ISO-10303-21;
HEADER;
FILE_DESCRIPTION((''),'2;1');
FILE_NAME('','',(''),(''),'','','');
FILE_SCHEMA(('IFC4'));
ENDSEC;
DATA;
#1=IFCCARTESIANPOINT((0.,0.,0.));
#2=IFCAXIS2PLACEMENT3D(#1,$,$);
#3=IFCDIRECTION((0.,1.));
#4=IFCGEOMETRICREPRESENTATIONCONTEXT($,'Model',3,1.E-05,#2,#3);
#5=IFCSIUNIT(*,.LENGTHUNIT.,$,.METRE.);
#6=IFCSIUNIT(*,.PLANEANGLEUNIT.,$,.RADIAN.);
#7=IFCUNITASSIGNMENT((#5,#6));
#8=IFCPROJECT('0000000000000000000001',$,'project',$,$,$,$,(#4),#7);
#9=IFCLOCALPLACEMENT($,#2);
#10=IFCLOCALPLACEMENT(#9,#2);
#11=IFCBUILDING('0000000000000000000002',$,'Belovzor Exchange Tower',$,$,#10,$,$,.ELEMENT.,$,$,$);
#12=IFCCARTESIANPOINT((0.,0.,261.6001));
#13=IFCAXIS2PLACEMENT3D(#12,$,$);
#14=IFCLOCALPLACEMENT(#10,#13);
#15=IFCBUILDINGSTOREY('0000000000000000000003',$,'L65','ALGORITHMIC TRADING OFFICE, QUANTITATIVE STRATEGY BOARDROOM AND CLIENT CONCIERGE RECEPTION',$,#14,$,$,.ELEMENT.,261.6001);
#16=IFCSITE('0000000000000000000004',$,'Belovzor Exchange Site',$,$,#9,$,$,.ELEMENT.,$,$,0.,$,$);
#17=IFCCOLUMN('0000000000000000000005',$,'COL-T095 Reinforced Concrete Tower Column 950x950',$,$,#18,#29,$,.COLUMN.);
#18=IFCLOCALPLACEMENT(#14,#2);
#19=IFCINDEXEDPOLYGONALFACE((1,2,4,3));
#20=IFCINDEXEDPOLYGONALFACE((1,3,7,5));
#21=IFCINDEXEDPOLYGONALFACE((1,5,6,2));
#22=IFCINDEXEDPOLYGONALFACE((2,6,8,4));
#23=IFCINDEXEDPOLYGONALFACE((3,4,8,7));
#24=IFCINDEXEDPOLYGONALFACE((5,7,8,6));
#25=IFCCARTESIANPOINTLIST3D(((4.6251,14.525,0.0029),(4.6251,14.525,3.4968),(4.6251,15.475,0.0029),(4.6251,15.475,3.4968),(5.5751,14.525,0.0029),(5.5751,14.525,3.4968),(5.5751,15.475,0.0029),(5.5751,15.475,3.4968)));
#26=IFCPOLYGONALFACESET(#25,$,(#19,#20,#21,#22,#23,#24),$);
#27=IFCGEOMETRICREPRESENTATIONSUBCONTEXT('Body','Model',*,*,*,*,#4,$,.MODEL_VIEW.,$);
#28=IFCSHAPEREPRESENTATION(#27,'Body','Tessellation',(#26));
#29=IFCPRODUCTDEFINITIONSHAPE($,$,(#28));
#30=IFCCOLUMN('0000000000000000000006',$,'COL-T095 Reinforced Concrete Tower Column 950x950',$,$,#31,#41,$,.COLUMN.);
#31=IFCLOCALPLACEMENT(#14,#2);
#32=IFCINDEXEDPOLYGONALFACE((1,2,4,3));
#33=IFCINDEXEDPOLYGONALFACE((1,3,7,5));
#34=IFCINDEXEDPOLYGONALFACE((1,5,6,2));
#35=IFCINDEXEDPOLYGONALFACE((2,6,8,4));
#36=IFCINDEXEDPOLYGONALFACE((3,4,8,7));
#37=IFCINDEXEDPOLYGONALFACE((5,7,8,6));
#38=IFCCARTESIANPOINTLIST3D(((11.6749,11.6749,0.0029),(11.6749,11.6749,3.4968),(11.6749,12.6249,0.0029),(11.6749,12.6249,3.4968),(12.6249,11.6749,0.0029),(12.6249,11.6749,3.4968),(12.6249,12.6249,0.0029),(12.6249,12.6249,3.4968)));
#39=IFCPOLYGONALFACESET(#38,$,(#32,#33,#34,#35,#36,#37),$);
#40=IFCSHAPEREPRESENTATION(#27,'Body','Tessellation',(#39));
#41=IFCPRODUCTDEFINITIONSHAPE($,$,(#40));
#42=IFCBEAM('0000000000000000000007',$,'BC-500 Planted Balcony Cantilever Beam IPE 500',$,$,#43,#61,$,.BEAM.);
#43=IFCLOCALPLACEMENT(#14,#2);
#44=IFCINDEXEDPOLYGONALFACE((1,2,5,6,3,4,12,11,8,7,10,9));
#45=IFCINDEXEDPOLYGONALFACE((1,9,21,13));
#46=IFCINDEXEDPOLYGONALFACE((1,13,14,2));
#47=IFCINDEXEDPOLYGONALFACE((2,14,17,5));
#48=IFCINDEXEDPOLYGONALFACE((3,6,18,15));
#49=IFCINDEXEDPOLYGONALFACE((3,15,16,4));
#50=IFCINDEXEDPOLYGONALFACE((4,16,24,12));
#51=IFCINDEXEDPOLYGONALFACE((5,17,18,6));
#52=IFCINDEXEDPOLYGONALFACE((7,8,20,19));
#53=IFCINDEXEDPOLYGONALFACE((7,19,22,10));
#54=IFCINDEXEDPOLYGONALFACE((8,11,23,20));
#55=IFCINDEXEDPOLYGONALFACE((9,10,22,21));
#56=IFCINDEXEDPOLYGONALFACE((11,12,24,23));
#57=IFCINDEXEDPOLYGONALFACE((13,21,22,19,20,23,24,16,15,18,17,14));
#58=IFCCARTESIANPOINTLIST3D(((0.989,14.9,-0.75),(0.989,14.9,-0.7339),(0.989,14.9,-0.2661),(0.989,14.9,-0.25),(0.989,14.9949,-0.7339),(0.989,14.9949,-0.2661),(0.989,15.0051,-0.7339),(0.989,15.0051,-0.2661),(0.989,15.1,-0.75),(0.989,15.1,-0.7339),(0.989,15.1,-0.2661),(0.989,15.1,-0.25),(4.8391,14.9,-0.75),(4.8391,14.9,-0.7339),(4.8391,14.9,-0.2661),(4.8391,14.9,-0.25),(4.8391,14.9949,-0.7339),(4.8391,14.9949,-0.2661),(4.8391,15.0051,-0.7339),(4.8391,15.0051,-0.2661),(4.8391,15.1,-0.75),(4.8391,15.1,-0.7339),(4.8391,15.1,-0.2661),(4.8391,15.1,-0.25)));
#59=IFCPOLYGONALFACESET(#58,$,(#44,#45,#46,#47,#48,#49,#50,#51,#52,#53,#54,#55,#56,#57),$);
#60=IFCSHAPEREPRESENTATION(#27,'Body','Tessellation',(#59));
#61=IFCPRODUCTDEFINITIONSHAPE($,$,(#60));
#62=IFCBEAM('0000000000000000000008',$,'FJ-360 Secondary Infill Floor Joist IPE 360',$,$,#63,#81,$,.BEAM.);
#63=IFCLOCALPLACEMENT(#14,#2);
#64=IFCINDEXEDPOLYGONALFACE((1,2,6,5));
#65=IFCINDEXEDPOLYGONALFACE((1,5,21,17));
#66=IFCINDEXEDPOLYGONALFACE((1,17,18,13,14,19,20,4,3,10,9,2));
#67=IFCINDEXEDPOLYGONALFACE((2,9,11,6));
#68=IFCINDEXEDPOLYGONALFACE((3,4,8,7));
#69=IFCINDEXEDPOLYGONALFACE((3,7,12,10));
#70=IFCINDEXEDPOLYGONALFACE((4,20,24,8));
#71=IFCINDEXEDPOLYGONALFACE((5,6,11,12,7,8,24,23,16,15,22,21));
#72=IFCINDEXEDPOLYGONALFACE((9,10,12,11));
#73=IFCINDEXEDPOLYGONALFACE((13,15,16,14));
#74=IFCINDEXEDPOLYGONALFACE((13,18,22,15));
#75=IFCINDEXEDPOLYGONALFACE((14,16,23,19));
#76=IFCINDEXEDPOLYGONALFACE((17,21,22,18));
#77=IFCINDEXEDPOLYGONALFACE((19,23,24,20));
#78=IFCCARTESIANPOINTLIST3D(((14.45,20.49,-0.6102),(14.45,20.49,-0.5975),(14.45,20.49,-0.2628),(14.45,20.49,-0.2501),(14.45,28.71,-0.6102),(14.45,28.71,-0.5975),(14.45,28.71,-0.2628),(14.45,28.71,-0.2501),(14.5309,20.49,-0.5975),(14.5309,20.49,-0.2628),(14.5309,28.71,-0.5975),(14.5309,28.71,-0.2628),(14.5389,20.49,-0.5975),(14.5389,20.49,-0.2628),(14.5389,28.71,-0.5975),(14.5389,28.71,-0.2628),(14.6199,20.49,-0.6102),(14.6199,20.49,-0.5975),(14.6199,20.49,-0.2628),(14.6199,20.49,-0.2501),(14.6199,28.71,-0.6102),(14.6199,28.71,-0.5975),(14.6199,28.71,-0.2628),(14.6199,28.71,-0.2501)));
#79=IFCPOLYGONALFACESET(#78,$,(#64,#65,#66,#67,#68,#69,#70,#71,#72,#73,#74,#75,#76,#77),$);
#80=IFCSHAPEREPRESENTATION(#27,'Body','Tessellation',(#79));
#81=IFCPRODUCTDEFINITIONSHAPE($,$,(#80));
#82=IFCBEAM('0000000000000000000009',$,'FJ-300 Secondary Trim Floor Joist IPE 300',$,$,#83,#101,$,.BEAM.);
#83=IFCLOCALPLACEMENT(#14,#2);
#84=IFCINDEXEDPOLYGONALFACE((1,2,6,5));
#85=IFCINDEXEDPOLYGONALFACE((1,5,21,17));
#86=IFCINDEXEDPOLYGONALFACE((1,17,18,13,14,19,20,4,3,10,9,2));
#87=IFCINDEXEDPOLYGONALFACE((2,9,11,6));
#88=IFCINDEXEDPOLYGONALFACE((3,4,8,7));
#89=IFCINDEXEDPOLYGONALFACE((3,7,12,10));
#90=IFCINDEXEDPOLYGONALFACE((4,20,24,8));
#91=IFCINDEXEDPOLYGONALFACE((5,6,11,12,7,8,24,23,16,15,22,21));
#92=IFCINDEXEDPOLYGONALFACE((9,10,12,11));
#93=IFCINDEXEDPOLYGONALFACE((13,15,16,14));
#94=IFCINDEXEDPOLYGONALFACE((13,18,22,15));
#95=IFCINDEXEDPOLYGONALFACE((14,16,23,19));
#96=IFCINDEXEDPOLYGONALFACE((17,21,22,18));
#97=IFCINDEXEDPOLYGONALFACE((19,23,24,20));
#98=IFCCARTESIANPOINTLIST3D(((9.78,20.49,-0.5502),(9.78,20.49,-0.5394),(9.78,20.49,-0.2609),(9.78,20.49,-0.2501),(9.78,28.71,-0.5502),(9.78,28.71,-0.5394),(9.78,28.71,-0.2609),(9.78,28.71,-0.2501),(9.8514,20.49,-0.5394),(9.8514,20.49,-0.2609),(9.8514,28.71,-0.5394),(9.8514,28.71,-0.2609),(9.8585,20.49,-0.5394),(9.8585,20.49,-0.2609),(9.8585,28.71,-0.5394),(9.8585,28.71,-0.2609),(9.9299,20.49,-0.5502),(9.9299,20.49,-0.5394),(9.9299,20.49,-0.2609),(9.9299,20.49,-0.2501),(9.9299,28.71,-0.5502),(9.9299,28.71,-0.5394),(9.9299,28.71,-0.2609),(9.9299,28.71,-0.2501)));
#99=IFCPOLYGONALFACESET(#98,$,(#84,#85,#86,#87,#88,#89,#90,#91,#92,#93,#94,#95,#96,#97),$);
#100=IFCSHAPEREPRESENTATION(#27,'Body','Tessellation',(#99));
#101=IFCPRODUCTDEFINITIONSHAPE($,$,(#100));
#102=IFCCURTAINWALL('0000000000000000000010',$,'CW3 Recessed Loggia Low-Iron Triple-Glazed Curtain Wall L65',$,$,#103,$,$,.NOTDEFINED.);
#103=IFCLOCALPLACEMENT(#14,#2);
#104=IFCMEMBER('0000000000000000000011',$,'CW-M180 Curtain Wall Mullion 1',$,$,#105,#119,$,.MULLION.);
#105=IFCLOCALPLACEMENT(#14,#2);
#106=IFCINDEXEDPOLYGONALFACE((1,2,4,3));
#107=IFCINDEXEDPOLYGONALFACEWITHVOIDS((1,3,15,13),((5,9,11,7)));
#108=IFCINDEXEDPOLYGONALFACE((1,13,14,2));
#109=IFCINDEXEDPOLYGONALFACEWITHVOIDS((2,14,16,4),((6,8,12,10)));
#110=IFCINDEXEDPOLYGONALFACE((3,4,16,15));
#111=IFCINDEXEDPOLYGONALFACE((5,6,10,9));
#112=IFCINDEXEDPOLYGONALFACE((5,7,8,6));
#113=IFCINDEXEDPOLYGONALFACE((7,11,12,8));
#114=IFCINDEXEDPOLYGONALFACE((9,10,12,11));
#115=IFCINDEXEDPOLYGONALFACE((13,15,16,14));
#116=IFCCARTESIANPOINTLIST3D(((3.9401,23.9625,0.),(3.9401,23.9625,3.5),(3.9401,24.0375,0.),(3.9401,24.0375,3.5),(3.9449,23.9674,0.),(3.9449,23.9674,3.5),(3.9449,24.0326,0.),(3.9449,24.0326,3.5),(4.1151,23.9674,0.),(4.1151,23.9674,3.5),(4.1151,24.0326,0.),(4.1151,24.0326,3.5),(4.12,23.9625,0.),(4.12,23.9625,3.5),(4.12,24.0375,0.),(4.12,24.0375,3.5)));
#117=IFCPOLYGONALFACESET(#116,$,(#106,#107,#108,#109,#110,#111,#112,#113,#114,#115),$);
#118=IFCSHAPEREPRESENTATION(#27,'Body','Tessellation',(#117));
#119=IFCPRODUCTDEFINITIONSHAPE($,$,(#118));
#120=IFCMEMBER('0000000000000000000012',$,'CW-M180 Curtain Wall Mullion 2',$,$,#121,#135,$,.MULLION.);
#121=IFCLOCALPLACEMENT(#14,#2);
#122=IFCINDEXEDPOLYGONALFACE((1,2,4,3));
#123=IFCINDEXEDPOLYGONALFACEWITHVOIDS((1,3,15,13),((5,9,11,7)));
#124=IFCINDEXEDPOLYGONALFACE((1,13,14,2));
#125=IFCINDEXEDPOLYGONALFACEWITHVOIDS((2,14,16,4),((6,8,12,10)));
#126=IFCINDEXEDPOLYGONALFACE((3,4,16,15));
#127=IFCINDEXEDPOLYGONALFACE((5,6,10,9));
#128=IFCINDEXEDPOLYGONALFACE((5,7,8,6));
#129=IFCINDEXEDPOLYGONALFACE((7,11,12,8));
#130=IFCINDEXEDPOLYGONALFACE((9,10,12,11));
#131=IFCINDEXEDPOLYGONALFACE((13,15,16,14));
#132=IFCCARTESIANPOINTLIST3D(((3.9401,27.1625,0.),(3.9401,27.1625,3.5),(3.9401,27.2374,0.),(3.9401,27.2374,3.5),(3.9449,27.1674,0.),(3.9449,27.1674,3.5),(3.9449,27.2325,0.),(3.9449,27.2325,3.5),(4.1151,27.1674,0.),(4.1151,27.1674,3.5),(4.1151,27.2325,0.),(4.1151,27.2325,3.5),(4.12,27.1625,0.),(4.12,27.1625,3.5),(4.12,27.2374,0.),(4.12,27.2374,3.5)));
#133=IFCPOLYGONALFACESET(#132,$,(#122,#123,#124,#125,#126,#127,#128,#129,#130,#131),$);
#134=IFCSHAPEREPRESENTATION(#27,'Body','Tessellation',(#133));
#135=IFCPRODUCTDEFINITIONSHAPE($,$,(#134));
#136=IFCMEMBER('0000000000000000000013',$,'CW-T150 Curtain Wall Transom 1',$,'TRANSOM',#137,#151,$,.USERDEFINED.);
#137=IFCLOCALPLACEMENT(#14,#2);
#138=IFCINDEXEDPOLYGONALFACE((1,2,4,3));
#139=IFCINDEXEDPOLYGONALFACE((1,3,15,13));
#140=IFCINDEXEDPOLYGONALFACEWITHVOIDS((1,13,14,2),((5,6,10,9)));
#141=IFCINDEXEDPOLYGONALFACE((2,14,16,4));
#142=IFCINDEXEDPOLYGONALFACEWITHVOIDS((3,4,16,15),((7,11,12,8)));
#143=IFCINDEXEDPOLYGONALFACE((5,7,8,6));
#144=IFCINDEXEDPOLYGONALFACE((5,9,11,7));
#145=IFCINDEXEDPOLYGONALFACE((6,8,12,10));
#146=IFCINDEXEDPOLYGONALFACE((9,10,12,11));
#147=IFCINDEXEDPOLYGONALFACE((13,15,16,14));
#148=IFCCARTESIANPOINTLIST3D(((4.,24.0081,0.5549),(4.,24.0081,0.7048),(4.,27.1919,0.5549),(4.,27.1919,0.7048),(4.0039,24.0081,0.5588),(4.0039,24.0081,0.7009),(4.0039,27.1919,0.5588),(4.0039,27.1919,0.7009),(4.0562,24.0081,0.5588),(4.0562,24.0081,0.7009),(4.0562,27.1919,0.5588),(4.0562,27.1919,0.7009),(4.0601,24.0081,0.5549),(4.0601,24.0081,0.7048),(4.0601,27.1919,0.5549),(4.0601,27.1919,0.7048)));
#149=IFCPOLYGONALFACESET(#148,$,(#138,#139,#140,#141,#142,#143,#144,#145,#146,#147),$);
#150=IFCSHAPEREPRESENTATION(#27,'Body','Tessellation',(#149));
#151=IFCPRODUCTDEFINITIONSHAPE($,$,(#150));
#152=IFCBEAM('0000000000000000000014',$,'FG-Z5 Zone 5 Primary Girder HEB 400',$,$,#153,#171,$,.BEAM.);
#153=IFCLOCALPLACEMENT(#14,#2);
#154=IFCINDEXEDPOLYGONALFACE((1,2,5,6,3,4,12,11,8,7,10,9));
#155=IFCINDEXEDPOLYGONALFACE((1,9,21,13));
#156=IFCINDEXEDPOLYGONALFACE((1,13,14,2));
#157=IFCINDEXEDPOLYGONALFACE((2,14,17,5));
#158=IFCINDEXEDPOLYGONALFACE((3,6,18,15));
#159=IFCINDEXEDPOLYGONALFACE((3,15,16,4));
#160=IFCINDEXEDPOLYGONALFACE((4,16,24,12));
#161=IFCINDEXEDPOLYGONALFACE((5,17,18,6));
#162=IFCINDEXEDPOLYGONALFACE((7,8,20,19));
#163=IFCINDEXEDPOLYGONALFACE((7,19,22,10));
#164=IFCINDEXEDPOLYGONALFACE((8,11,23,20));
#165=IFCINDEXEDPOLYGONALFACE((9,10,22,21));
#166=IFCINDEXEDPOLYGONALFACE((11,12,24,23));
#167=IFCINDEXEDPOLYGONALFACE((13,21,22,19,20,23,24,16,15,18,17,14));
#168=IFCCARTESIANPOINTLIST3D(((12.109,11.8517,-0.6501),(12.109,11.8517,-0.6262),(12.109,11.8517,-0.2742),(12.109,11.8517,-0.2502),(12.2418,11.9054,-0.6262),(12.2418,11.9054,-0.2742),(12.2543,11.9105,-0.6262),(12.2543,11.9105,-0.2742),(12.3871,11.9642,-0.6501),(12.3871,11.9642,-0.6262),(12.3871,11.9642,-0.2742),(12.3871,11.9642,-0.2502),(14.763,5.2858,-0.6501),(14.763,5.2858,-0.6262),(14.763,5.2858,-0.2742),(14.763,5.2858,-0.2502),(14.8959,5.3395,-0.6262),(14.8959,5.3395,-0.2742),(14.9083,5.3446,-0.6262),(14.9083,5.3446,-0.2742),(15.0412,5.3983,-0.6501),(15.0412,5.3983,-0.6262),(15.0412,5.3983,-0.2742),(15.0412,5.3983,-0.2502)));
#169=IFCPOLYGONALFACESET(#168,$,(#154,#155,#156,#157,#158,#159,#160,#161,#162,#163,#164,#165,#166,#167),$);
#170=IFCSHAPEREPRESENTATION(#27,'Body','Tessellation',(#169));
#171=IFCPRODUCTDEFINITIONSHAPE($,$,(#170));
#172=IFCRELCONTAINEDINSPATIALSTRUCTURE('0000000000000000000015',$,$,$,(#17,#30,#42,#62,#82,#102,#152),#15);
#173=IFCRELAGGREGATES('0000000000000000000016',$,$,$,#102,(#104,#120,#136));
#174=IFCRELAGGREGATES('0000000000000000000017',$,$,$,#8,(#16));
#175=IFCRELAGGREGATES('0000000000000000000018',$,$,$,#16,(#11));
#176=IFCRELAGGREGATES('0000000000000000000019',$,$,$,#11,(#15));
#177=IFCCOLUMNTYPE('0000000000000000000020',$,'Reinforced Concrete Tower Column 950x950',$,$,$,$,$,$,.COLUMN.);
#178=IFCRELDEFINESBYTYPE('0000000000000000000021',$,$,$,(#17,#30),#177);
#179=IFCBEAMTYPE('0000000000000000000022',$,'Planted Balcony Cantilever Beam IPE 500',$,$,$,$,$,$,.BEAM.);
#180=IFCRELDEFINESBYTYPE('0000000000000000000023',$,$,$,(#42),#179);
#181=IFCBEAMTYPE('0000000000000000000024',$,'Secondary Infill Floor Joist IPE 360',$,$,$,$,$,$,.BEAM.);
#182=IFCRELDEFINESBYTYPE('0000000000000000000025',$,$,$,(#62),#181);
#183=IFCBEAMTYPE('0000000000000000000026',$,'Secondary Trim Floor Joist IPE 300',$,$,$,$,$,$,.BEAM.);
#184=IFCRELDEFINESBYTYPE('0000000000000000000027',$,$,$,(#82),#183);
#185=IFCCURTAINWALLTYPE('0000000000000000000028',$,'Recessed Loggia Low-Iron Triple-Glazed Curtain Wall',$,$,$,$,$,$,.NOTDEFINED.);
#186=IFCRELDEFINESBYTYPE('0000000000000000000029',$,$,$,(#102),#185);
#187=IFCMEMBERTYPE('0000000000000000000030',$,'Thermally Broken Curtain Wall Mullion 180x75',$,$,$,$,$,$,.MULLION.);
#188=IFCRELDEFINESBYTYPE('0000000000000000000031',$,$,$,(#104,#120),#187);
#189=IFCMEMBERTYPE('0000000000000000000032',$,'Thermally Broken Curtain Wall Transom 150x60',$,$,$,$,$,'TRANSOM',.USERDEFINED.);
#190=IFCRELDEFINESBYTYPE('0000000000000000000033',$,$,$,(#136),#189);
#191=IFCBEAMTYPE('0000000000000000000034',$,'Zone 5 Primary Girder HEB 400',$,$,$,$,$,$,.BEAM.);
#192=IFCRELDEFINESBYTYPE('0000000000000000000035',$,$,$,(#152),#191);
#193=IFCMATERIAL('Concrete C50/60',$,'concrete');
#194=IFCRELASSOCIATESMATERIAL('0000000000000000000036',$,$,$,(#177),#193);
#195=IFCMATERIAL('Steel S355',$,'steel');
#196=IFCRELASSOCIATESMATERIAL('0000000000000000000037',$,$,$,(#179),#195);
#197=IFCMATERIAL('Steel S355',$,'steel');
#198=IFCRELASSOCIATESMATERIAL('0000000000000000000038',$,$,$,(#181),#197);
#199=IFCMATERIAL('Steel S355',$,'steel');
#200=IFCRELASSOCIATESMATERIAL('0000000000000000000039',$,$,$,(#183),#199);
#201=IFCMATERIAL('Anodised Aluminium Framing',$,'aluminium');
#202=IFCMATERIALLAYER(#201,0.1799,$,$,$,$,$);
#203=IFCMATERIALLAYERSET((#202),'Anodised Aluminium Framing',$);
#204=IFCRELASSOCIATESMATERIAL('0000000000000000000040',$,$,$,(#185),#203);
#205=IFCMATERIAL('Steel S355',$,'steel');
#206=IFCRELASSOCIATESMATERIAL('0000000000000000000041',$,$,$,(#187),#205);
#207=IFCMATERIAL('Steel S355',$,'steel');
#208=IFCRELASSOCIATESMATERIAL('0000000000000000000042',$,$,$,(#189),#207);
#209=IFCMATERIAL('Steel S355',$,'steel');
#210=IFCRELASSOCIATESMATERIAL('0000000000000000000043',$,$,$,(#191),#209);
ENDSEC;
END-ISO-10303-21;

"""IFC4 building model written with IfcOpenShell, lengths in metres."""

from ifc_helpers import new_model, si_unit, direction, frame, origin, origin_2d, place, context, subcontext, project, spatial, rectangle, hollow_rectangle, i_section, extrude, material, layer, layer_set, material_profile, profile_set, type_object, element, aggregate, save


model = new_model("IFC4")

# Units and contexts
model_context = context("Model", 3, precision=1e-05, world=origin(), true_north=direction((0.0, 1.0)))
body_context = subcontext(model_context, "Body", "Model", "MODEL_VIEW")
ifc_project = project(units=[si_unit("LENGTHUNIT", "METRE"), si_unit("PLANEANGLEUNIT", "RADIAN")], contexts=[model_context])

# Site, building, storey
site_placement = place(None, origin())
site = spatial("IfcSite", under=ifc_project, at=site_placement, Name="Belovzor Exchange Site", CompositionType="ELEMENT", RefElevation=0.0)
building_placement = place(site_placement, origin())
building = spatial("IfcBuilding", under=site, at=building_placement, Name="Belovzor Exchange Tower", CompositionType="ELEMENT")
storey_placement = place(building_placement, frame((0.0, 0.0, 261.6001)))
storey = spatial("IfcBuildingStorey", under=building, at=storey_placement, Name="L65", Description="ALGORITHMIC TRADING OFFICE, QUANTITATIVE STRATEGY BOARDROOM AND CLIENT CONCIERGE RECEPTION", CompositionType="ELEMENT", Elevation=261.6001)

# Columns
ifc_material_1 = material(Name="Concrete C50/60", Category="concrete")
ifc_material_profile_1 = material_profile(ifc_material_1, rectangle(XDim=0.95, YDim=0.95, at=origin_2d()))
ifc_profile_set_1 = profile_set([ifc_material_profile_1], Name="Concrete C50/60")
column_type = type_object("IfcColumnType", Name="Reinforced Concrete Tower Column 950x950", PredefinedType="COLUMN", material=ifc_profile_set_1)
for number, where, z_axis, x_axis, name in (
    (1, (5.1001, 15.0, 0.0029), (0.0, 0.0, 1.0), (1.0, 0.0, 0.0), "COL-T095 Reinforced Concrete Tower Column 950x950"),
    (2, (12.1499, 12.1499, 0.0029), (0.0, 0.0, 1.0), (1.0, 0.0, 0.0), "COL-T095 Reinforced Concrete Tower Column 950x950"),
):
    element("IfcColumn", number, at=place(storey_placement, frame(where, z_axis=z_axis, x_axis=x_axis)), inside=storey, type_object=column_type, Name=name, PredefinedType="COLUMN", context=body_context, shape_type="SweptSolid", body=[
        extrude(rectangle(XDim=0.95, YDim=0.95, at=origin_2d()), origin(), (0.0, 0.0, 1.0), 3.4939),
    ])

# Beams
ifc_material_2 = material(Name="Steel S355", Category="steel")
ifc_material_profile_2 = material_profile(ifc_material_2, i_section(OverallWidth=0.2, OverallDepth=0.5, WebThickness=0.0103, FlangeThickness=0.0161, at=origin_2d()))
ifc_profile_set_2 = profile_set([ifc_material_profile_2], Name="Steel S355")
beam_type_1 = type_object("IfcBeamType", Name="Planted Balcony Cantilever Beam IPE 500", PredefinedType="BEAM", material=ifc_profile_set_2)
beam_1_placement = place(storey_placement, frame((4.8391, 15.0, -0.5), z_axis=(-1.0, 0.0, 0.0), x_axis=(0.0, -1.0, 0.0)))
element("IfcBeam", 3, at=beam_1_placement, inside=storey, type_object=beam_type_1, Name="BC-500 Planted Balcony Cantilever Beam IPE 500", PredefinedType="BEAM", context=body_context, shape_type="SweptSolid", body=[
    extrude(i_section(OverallWidth=0.2, OverallDepth=0.5, WebThickness=0.0103, FlangeThickness=0.0161, at=origin_2d()), origin(), (0.0, 0.0, 1.0), 3.8501),
])
ifc_material_3 = material(Name="Steel S355", Category="steel")
ifc_material_profile_3 = material_profile(ifc_material_3, i_section(OverallWidth=0.1699, OverallDepth=0.3601, WebThickness=0.0081, FlangeThickness=0.0127, at=origin_2d()))
ifc_profile_set_3 = profile_set([ifc_material_profile_3], Name="Steel S355")
beam_type_2 = type_object("IfcBeamType", Name="Secondary Infill Floor Joist IPE 360", PredefinedType="BEAM", material=ifc_profile_set_3)
beam_2_placement = place(storey_placement, frame((14.5349, 20.49, -0.4302), z_axis=(0.0, 1.0, 0.0), x_axis=(-1.0, 0.0, 0.0)))
element("IfcBeam", 4, at=beam_2_placement, inside=storey, type_object=beam_type_2, Name="FJ-360 Secondary Infill Floor Joist IPE 360", PredefinedType="BEAM", context=body_context, shape_type="SweptSolid", body=[
    extrude(i_section(OverallWidth=0.1699, OverallDepth=0.3601, WebThickness=0.0081, FlangeThickness=0.0127, at=origin_2d()), origin(), (0.0, 0.0, 1.0), 8.22),
])
ifc_material_4 = material(Name="Steel S355", Category="steel")
ifc_material_profile_4 = material_profile(ifc_material_4, i_section(OverallWidth=0.1499, OverallDepth=0.3, WebThickness=0.0071, FlangeThickness=0.0107, at=origin_2d()))
ifc_profile_set_4 = profile_set([ifc_material_profile_4], Name="Steel S355")
beam_type_3 = type_object("IfcBeamType", Name="Secondary Trim Floor Joist IPE 300", PredefinedType="BEAM", material=ifc_profile_set_4)
beam_3_placement = place(storey_placement, frame((9.855, 20.49, -0.4001), z_axis=(0.0, 1.0, 0.0), x_axis=(-1.0, 0.0, 0.0)))
element("IfcBeam", 5, at=beam_3_placement, inside=storey, type_object=beam_type_3, Name="FJ-300 Secondary Trim Floor Joist IPE 300", PredefinedType="BEAM", context=body_context, shape_type="SweptSolid", body=[
    extrude(i_section(OverallWidth=0.1499, OverallDepth=0.3, WebThickness=0.0071, FlangeThickness=0.0107, at=origin_2d()), origin(), (0.0, 0.0, 1.0), 8.22),
])

# Curtain wall, members
ifc_material_5 = material(Name="Anodised Aluminium Framing", Category="aluminium")
ifc_layer_1 = layer(ifc_material_5, 0.1799)
ifc_layer_set_1 = layer_set([ifc_layer_1], Name="Anodised Aluminium Framing")
curtain_wall_type = type_object("IfcCurtainWallType", Name="Recessed Loggia Low-Iron Triple-Glazed Curtain Wall", PredefinedType="NOTDEFINED", material=ifc_layer_set_1)
curtain_wall_placement = place(storey_placement, origin())
curtain_wall = element("IfcCurtainWall", 6, at=curtain_wall_placement, inside=storey, type_object=curtain_wall_type, Name="CW3 Recessed Loggia Low-Iron Triple-Glazed Curtain Wall L65", PredefinedType="NOTDEFINED")
ifc_material_6 = material(Name="Steel S355", Category="steel")
ifc_material_profile_5 = material_profile(ifc_material_6, hollow_rectangle(XDim=0.075, YDim=0.1799, WallThickness=0.0049, at=origin_2d()))
ifc_profile_set_5 = profile_set([ifc_material_profile_5], Name="Steel S355")
member_type_1 = type_object("IfcMemberType", Name="Thermally Broken Curtain Wall Mullion 180x75", PredefinedType="MULLION", material=ifc_profile_set_5)
member_1_placement = place(storey_placement, frame((4.03, 24.0, 0.0), z_axis=(0.0, 0.0, 1.0), x_axis=(0.0, 1.0, 0.0)))
member_1 = element("IfcMember", 7, at=member_1_placement, type_object=member_type_1, Name="CW-M180 Curtain Wall Mullion 1", PredefinedType="MULLION", context=body_context, shape_type="SweptSolid", body=[
    extrude(hollow_rectangle(XDim=0.075, YDim=0.1799, WallThickness=0.0049, at=origin_2d()), origin(), (0.0, 0.0, 1.0), 3.5),
])
member_2_placement = place(storey_placement, frame((4.03, 27.2, 0.0), z_axis=(0.0, 0.0, 1.0), x_axis=(0.0, 1.0, 0.0)))
member_2 = element("IfcMember", 8, at=member_2_placement, type_object=member_type_1, Name="CW-M180 Curtain Wall Mullion 2", PredefinedType="MULLION", context=body_context, shape_type="SweptSolid", body=[
    extrude(hollow_rectangle(XDim=0.075, YDim=0.1799, WallThickness=0.0049, at=origin_2d()), origin(), (0.0, 0.0, 1.0), 3.5),
])
ifc_material_7 = material(Name="Steel S355", Category="steel")
ifc_material_profile_6 = material_profile(ifc_material_7, hollow_rectangle(XDim=0.0601, YDim=0.1499, WallThickness=0.0039, at=origin_2d()))
ifc_profile_set_6 = profile_set([ifc_material_profile_6], Name="Steel S355")
member_type_2 = type_object("IfcMemberType", Name="Thermally Broken Curtain Wall Transom 150x60", ElementType="TRANSOM", PredefinedType="USERDEFINED", material=ifc_profile_set_6)
member_3_placement = place(storey_placement, frame((4.03, 24.0081, 0.6299), z_axis=(0.0, 1.0, 0.0), x_axis=(-1.0, 0.0, 0.0)))
member_3 = element("IfcMember", 9, at=member_3_placement, type_object=member_type_2, Name="CW-T150 Curtain Wall Transom 1", ObjectType="TRANSOM", PredefinedType="USERDEFINED", context=body_context, shape_type="SweptSolid", body=[
    extrude(hollow_rectangle(XDim=0.0601, YDim=0.1499, WallThickness=0.0039, at=origin_2d()), origin(), (0.0, 0.0, 1.0), 3.1838),
])

# Beam
ifc_material_8 = material(Name="Steel S355", Category="steel")
ifc_material_profile_7 = material_profile(ifc_material_8, i_section(OverallWidth=0.3, OverallDepth=0.3999, WebThickness=0.0134, FlangeThickness=0.0239, at=origin_2d()))
ifc_profile_set_7 = profile_set([ifc_material_profile_7], Name="Steel S355")
beam_type_4 = type_object("IfcBeamType", Name="Zone 5 Primary Girder HEB 400", PredefinedType="BEAM", material=ifc_profile_set_7)
for number, where, z_axis, x_axis, name in (
    (10, (12.248, 11.908, -0.4502), (0.374758, -0.927123, 0.0), (0.927123, 0.374758, 0.0), "FG-Z5 Zone 5 Primary Girder HEB 400"),
):
    element("IfcBeam", number, at=place(storey_placement, frame(where, z_axis=z_axis, x_axis=x_axis)), inside=storey, type_object=beam_type_4, Name=name, PredefinedType="BEAM", context=body_context, shape_type="SweptSolid", body=[
        extrude(i_section(OverallWidth=0.3, OverallDepth=0.3999, WebThickness=0.0134, FlangeThickness=0.0239, at=origin_2d()), origin(), (0.0, 0.0, 1.0), 7.082),
    ])

aggregate(curtain_wall, [member_1, member_2, member_3])

save(model, "model.ifc")
